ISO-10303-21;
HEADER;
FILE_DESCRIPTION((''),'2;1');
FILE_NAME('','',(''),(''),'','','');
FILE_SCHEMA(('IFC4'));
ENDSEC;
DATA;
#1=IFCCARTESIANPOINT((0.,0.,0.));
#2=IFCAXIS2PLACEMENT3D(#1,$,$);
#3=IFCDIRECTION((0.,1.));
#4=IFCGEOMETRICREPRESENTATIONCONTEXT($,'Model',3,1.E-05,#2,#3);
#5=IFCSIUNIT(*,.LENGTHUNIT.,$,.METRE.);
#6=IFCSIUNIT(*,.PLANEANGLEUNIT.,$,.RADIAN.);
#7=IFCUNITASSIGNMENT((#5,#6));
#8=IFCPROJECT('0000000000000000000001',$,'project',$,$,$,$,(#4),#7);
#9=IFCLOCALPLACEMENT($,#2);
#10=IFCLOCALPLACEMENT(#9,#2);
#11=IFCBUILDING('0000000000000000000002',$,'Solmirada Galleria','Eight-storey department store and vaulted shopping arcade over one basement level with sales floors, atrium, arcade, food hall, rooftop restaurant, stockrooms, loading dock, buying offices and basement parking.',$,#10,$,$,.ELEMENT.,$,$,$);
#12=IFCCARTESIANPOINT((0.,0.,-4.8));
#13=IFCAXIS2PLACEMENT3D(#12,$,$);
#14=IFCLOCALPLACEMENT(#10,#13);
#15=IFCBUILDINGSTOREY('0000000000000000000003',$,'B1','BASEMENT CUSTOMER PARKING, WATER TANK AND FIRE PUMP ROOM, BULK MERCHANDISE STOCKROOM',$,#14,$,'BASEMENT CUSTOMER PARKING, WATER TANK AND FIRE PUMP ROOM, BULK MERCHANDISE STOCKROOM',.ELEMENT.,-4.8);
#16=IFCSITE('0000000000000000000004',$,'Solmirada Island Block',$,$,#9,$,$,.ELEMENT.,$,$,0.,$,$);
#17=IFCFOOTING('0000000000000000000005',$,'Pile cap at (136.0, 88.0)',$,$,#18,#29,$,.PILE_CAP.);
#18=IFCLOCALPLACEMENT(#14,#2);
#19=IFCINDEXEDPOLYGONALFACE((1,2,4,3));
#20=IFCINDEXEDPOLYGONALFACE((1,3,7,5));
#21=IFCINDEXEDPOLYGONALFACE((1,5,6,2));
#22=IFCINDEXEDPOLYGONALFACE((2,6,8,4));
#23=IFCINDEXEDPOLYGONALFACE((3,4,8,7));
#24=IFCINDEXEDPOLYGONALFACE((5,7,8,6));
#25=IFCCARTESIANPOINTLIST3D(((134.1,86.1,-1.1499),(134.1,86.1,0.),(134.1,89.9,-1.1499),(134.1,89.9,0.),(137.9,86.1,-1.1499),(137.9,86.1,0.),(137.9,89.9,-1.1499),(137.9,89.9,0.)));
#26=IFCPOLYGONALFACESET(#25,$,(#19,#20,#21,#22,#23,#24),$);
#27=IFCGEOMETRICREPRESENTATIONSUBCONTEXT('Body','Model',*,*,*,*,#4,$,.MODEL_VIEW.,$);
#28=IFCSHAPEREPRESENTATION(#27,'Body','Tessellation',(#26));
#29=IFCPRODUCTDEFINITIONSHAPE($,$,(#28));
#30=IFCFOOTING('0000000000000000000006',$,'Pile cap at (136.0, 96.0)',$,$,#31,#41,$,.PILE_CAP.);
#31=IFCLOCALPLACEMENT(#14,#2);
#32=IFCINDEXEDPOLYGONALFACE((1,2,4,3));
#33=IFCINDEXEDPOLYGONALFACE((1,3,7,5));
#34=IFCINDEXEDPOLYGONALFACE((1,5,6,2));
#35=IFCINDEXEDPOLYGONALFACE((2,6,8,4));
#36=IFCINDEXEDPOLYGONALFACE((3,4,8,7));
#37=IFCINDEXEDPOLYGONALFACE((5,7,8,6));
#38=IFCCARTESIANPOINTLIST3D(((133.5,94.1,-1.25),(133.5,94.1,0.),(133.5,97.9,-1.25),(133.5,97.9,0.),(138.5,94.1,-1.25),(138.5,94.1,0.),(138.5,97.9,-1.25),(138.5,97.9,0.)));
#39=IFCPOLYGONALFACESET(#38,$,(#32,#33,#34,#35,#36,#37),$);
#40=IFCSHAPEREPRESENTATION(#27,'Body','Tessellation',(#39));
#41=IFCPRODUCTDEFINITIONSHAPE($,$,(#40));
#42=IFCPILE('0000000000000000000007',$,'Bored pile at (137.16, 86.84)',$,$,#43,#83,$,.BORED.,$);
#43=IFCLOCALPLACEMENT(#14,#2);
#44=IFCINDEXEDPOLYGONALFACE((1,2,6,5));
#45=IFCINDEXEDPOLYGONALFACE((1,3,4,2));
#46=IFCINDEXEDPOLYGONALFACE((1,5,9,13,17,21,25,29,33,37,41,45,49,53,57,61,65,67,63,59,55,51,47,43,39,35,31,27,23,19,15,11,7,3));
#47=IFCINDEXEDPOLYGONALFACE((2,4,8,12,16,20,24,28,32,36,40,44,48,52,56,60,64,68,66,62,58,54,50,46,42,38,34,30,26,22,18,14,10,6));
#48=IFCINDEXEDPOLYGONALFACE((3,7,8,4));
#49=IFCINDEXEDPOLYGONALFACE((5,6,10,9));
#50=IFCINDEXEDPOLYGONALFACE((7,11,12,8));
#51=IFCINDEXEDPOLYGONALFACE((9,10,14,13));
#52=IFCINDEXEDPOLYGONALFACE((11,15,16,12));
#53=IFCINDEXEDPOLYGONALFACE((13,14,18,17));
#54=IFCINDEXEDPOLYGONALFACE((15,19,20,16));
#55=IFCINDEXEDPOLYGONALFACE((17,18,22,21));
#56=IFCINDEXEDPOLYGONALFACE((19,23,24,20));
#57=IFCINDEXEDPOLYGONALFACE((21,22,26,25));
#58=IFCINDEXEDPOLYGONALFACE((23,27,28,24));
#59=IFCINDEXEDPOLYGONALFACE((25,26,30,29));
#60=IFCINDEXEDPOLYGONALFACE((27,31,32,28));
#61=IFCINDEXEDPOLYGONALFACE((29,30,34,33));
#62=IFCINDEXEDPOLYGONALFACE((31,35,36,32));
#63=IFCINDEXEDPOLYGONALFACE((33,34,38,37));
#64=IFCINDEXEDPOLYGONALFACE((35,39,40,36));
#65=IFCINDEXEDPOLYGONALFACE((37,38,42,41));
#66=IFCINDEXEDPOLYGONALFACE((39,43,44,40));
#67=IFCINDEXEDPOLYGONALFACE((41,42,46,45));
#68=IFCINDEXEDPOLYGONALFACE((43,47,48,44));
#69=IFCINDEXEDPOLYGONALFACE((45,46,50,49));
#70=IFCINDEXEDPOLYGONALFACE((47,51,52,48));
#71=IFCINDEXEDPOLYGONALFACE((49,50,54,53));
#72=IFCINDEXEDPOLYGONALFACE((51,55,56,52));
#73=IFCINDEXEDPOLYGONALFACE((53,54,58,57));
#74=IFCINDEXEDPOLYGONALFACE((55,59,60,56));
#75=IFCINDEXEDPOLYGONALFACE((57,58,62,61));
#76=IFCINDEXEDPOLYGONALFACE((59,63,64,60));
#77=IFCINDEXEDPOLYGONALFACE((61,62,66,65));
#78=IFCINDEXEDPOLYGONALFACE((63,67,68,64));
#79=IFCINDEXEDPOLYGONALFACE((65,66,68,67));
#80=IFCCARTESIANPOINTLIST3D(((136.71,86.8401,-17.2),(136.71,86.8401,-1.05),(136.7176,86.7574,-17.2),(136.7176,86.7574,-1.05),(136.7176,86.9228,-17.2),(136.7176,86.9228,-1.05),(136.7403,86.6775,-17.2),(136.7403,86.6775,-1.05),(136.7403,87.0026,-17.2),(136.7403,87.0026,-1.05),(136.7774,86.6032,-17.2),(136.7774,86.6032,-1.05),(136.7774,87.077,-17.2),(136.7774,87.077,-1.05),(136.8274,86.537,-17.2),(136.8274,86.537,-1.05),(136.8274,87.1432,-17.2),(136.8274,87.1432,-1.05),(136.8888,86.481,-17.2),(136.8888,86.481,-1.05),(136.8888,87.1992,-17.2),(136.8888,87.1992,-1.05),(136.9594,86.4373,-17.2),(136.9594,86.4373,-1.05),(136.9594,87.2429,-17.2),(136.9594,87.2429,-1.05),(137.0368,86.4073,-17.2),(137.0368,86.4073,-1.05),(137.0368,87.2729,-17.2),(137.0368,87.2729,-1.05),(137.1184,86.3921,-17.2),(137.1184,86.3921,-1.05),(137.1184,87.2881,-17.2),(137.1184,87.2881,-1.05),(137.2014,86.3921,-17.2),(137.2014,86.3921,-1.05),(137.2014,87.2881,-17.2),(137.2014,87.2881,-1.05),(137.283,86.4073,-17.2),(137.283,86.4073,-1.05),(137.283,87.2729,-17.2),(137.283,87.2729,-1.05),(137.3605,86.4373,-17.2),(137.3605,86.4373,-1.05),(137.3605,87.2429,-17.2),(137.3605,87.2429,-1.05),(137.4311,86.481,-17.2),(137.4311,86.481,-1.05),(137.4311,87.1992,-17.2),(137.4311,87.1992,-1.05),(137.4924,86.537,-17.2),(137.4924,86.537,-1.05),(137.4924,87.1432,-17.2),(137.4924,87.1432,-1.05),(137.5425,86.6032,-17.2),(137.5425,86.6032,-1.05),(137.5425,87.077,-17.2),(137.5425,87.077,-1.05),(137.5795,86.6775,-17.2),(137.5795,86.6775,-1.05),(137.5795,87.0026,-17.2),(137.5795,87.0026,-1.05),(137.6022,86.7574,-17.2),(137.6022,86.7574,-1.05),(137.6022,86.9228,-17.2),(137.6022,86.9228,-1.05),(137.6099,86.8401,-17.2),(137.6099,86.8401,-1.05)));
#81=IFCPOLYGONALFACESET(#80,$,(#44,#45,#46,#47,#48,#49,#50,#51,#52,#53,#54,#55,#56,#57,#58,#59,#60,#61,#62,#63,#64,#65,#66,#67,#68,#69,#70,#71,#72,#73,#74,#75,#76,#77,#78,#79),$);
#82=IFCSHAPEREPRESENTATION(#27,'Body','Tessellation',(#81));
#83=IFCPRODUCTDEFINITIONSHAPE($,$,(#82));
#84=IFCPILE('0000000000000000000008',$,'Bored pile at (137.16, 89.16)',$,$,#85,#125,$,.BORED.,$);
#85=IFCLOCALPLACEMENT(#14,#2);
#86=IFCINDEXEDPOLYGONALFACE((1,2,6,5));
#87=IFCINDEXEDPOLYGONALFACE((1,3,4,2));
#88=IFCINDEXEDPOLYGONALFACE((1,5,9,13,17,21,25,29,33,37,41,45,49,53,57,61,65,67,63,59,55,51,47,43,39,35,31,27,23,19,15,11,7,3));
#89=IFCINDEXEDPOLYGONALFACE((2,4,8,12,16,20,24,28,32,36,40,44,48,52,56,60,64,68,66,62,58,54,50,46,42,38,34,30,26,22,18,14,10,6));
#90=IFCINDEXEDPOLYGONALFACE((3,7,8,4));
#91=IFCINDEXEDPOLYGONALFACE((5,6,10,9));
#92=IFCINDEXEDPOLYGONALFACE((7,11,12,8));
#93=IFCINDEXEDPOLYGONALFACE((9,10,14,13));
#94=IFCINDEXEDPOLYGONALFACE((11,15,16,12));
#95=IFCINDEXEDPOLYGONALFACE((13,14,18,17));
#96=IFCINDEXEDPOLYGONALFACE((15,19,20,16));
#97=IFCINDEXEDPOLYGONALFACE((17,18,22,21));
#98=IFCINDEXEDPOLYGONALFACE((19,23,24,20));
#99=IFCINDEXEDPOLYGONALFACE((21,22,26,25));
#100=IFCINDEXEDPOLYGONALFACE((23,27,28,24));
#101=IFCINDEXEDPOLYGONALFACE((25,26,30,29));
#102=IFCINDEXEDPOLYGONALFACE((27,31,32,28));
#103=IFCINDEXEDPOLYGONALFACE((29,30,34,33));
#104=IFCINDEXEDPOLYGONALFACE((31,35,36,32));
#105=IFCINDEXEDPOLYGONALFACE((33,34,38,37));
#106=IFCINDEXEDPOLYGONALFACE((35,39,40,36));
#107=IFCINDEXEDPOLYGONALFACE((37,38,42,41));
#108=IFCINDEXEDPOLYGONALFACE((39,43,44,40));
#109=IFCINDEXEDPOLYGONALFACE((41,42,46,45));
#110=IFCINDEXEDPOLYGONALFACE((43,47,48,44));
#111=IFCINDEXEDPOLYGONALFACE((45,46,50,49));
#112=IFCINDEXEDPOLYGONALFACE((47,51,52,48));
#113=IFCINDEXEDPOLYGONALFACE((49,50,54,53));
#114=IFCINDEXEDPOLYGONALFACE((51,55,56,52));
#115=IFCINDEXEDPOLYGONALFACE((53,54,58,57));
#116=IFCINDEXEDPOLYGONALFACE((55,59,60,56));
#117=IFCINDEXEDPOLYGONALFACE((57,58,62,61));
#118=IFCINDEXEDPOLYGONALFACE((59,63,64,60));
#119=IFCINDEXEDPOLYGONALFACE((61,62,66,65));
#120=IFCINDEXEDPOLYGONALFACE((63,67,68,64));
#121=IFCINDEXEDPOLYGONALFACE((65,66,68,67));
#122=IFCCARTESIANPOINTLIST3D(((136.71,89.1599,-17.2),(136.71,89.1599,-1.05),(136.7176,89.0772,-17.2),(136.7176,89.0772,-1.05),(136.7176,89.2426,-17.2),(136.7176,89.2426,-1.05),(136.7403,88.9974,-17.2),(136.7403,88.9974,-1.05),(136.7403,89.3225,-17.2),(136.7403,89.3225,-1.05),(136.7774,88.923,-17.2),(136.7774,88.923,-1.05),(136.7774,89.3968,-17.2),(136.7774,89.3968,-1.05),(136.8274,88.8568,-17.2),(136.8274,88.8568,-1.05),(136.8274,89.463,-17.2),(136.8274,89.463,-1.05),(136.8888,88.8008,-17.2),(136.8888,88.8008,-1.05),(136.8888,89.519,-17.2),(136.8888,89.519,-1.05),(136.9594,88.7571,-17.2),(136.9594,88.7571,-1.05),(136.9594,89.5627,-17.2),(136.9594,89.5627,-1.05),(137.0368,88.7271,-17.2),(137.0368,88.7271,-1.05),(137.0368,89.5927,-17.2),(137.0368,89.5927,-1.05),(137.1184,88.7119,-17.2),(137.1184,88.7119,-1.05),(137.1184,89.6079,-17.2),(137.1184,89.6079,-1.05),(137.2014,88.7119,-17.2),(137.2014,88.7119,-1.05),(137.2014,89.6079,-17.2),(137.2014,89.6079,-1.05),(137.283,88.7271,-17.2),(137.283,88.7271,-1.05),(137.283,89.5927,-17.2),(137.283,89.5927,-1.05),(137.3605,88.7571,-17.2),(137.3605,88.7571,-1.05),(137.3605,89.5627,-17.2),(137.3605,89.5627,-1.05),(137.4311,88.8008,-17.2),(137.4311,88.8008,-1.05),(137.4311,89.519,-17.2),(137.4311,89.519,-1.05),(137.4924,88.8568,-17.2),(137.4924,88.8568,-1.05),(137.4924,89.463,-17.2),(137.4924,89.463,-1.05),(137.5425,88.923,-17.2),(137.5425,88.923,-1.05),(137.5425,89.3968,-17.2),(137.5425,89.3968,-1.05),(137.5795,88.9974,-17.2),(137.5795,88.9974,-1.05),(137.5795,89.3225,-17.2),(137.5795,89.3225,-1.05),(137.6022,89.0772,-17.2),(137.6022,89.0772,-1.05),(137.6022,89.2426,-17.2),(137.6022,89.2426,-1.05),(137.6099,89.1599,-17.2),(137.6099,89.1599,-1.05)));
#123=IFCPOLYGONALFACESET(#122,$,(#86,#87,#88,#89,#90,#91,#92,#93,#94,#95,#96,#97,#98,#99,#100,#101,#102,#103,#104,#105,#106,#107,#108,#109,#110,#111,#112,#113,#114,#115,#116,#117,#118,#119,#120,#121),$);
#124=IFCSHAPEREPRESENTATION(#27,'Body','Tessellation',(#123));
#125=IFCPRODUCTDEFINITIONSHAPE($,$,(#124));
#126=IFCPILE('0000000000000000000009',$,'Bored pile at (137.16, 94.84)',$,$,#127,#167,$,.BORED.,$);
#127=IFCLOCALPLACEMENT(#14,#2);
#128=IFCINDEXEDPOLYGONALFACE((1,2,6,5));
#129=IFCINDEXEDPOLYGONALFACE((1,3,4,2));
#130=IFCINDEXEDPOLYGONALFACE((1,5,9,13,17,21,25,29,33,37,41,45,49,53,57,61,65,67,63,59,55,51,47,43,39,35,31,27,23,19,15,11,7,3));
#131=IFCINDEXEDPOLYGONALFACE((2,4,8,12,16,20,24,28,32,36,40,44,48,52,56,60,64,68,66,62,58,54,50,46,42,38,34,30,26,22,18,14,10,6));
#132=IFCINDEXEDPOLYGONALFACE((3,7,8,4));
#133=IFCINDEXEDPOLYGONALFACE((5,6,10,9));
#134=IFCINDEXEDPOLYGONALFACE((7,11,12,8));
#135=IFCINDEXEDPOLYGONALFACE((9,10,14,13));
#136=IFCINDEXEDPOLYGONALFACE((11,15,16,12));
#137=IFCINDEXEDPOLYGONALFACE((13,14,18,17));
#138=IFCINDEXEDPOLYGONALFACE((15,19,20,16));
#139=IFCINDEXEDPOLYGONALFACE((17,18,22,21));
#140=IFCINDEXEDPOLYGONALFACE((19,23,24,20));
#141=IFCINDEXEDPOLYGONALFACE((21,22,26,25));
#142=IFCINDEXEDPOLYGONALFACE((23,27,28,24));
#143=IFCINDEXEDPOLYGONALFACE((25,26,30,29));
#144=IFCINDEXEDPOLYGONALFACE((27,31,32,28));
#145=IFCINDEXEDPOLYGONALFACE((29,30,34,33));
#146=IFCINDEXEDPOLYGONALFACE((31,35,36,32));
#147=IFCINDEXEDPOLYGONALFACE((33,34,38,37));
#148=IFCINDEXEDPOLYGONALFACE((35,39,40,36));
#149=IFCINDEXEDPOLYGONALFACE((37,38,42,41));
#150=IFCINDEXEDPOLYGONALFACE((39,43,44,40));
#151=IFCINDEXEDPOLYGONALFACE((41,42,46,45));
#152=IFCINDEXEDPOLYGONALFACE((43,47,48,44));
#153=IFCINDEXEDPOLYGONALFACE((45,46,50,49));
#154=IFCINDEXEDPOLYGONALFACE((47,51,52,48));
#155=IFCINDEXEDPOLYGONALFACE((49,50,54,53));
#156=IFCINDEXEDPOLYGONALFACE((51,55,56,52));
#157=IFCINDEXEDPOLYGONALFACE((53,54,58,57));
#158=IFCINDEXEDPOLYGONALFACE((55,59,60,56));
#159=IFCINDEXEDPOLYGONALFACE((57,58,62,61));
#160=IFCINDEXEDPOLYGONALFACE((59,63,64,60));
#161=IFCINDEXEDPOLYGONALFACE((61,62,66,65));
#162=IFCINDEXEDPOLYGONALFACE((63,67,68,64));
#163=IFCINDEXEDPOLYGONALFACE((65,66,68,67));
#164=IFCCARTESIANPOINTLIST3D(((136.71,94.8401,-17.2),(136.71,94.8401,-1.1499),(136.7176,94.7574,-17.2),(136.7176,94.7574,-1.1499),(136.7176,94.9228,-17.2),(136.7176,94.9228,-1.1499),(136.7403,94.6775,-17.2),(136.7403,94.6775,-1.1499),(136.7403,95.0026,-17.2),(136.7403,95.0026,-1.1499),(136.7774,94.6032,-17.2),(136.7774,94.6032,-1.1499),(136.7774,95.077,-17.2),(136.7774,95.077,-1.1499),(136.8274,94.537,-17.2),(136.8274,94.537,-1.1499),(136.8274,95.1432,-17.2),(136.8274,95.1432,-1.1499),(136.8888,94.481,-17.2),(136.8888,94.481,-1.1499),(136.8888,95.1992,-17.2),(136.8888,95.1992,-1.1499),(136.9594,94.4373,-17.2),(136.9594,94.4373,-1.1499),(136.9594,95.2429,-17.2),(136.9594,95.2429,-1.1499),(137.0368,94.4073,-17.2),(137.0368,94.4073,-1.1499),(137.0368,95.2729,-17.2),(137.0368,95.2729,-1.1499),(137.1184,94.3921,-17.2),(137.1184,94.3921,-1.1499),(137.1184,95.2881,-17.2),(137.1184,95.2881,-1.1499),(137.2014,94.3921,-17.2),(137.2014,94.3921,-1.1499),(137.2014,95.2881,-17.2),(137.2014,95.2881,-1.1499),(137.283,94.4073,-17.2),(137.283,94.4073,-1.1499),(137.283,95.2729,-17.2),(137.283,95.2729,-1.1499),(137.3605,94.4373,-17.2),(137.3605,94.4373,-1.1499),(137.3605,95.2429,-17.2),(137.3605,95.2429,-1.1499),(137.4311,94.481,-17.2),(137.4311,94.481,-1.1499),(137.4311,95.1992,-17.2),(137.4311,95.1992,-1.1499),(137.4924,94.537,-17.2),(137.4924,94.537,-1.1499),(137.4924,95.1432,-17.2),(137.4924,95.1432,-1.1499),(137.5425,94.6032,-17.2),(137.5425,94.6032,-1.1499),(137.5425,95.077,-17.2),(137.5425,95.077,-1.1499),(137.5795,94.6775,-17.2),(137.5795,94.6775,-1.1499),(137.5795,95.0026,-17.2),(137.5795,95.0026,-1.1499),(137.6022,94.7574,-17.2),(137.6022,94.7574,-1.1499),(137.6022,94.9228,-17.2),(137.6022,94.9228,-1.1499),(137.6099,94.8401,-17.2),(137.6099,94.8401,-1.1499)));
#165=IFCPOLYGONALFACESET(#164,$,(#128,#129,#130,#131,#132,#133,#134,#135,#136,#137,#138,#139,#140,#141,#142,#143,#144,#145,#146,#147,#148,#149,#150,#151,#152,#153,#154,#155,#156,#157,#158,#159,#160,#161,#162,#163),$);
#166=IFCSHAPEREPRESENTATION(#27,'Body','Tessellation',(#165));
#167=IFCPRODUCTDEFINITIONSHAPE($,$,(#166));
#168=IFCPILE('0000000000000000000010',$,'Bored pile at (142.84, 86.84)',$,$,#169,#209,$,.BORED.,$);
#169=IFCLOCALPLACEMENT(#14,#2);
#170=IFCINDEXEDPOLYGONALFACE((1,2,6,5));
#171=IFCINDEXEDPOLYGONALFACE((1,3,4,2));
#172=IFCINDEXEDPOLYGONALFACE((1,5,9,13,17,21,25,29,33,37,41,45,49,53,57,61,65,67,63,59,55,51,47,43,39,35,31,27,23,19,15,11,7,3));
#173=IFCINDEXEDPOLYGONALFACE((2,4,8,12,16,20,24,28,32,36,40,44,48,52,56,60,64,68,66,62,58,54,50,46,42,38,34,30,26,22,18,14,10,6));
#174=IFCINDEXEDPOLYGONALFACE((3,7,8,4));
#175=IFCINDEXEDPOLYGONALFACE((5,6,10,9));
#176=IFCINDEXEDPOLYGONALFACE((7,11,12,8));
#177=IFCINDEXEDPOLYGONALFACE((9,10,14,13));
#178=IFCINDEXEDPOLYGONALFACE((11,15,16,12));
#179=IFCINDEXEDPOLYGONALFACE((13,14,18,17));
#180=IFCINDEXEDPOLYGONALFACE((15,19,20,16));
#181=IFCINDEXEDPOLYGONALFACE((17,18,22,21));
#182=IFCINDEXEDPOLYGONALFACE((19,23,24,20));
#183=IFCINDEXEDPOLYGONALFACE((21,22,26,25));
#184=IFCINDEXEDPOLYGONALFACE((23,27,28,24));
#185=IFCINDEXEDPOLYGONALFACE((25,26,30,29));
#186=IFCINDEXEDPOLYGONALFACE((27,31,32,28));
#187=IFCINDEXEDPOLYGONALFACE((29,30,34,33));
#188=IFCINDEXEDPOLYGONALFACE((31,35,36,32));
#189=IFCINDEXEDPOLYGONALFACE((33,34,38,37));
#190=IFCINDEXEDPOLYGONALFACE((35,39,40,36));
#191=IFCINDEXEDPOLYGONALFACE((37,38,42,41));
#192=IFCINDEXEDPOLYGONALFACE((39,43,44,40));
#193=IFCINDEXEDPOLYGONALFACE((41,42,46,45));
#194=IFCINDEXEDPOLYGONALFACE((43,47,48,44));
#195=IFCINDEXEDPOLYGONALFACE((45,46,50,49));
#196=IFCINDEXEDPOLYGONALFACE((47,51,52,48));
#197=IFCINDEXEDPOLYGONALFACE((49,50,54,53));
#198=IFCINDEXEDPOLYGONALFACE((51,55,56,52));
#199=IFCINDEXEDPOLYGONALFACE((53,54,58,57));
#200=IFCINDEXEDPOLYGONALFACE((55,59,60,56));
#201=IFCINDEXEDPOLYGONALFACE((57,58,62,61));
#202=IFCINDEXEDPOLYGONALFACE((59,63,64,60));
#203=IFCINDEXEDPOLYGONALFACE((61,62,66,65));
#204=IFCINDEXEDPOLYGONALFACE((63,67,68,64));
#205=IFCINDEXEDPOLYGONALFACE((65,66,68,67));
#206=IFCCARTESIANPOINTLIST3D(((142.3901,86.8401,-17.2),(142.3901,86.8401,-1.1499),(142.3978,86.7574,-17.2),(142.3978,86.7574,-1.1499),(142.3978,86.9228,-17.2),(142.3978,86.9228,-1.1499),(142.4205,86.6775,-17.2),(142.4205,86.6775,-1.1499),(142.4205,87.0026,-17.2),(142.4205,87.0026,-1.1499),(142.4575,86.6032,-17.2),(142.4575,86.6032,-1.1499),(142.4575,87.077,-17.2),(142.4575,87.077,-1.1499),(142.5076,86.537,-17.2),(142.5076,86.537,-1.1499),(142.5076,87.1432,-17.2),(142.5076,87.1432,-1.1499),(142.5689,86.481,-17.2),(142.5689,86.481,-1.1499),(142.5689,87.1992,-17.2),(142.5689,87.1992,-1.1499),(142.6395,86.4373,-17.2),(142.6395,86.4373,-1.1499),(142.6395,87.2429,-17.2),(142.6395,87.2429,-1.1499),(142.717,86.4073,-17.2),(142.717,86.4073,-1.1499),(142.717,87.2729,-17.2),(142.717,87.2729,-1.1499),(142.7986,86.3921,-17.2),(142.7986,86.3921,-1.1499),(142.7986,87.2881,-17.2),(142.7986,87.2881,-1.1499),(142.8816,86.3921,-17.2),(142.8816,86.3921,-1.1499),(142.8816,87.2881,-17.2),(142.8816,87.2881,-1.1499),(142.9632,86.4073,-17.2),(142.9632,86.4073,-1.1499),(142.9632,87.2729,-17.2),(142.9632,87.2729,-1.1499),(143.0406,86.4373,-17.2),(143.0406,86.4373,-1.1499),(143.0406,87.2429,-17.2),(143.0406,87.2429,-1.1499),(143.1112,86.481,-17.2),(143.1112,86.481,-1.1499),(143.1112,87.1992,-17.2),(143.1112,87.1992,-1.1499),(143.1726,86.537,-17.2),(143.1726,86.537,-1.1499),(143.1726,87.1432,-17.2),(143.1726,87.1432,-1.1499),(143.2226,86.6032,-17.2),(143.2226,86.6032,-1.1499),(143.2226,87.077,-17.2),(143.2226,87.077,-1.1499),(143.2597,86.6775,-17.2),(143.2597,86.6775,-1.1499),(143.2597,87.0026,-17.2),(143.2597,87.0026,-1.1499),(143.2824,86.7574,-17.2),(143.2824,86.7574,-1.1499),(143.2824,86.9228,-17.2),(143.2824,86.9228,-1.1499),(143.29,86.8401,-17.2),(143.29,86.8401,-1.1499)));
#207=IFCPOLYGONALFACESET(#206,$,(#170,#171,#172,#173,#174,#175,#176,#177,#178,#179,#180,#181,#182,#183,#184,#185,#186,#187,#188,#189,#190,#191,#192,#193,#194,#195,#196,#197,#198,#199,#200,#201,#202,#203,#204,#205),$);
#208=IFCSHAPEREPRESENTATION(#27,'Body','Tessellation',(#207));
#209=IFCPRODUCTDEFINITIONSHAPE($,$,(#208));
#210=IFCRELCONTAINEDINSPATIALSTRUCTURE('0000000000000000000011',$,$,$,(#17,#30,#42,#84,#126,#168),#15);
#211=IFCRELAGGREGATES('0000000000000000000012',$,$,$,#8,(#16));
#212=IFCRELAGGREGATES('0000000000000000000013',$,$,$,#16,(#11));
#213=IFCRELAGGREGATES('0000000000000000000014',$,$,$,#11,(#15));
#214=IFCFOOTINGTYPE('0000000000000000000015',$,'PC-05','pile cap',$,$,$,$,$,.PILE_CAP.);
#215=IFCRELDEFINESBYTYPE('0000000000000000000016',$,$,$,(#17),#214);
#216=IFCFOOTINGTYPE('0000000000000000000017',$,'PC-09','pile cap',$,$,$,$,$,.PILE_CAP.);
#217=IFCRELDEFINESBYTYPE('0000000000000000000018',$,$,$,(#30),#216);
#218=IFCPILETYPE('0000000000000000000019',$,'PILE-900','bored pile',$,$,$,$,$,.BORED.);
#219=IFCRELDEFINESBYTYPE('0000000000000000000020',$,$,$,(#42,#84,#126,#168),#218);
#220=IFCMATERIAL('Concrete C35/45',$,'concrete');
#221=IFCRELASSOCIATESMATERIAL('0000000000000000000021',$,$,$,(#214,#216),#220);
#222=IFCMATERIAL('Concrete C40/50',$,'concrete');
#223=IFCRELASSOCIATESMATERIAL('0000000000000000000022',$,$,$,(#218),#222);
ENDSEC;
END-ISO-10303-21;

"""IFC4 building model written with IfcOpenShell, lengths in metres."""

from ifc_helpers import new_model, si_unit, direction, frame, origin, origin_2d, place, context, subcontext, project, spatial, rectangle, circle, extrude, material, material_profile, profile_set, type_object, element, save


model = new_model("IFC4")

# Units and contexts
model_context = context("Model", 3, precision=1e-05, world=origin(), true_north=direction((0.0, 1.0)))
body_context = subcontext(model_context, "Body", "Model", "MODEL_VIEW")
ifc_project = project(units=[si_unit("LENGTHUNIT", "METRE"), si_unit("PLANEANGLEUNIT", "RADIAN")], contexts=[model_context])

# Site, building, storey
site_placement = place(None, origin())
site = spatial("IfcSite", under=ifc_project, at=site_placement, Name="Solmirada Island Block", CompositionType="ELEMENT", RefElevation=0.0)
building_placement = place(site_placement, origin())
building = spatial("IfcBuilding", under=site, at=building_placement, Name="Solmirada Galleria", Description="Eight-storey department store and vaulted shopping arcade over one basement level with sales floors, atrium, arcade, food hall, rooftop restaurant, stockrooms, loading dock, buying offices and basement parking.", CompositionType="ELEMENT")
storey_placement = place(building_placement, frame((0.0, 0.0, -4.8)))
storey = spatial("IfcBuildingStorey", under=building, at=storey_placement, Name="B1", Description="BASEMENT CUSTOMER PARKING, WATER TANK AND FIRE PUMP ROOM, BULK MERCHANDISE STOCKROOM", LongName="BASEMENT CUSTOMER PARKING, WATER TANK AND FIRE PUMP ROOM, BULK MERCHANDISE STOCKROOM", CompositionType="ELEMENT", Elevation=-4.8)

# Footings
ifc_material_1 = material(Name="Concrete C35/45", Category="concrete")
footing_type_1 = type_object("IfcFootingType", Name="PC-05", Description="pile cap", PredefinedType="PILE_CAP", material=ifc_material_1)
footing_1_placement = place(storey_placement, frame((136.0, 88.0, -1.1499), z_axis=(0.0, 0.0, 1.0), x_axis=(1.0, 0.0, 0.0)))
element("IfcFooting", 1, at=footing_1_placement, inside=storey, type_object=footing_type_1, Name="Pile cap at (136.0, 88.0)", PredefinedType="PILE_CAP", context=body_context, shape_type="SweptSolid", body=[
    extrude(rectangle(XDim=3.8, YDim=3.8, at=origin_2d()), origin(), (0.0, 0.0, 1.0), 1.1499),
])
footing_type_2 = type_object("IfcFootingType", Name="PC-09", Description="pile cap", PredefinedType="PILE_CAP", material=ifc_material_1)
footing_2_placement = place(storey_placement, frame((136.0, 96.0, -1.25), z_axis=(0.0, 0.0, 1.0), x_axis=(1.0, 0.0, 0.0)))
element("IfcFooting", 2, at=footing_2_placement, inside=storey, type_object=footing_type_2, Name="Pile cap at (136.0, 96.0)", PredefinedType="PILE_CAP", context=body_context, shape_type="SweptSolid", body=[
    extrude(rectangle(XDim=5.0, YDim=3.8, at=origin_2d()), origin(), (0.0, 0.0, 1.0), 1.25),
])

# Piles
ifc_material_2 = material(Name="Concrete C40/50", Category="concrete")
ifc_material_profile_1 = material_profile(ifc_material_2, circle(Radius=0.45, at=origin_2d()), Name="PILE900")
ifc_profile_set_1 = profile_set([ifc_material_profile_1], Name="Concrete C40/50")
pile_type = type_object("IfcPileType", Name="PILE-900", Description="bored pile", PredefinedType="BORED", material=ifc_profile_set_1)
for number, where, z_axis, x_axis, name in (
    (3, (137.1599, 86.8401, -1.05), (0.0, 0.0, -1.0), (1.0, 0.0, 0.0), "Bored pile at (137.16, 86.84)"),
    (4, (137.1599, 89.1599, -1.05), (0.0, 0.0, -1.0), (1.0, 0.0, 0.0), "Bored pile at (137.16, 89.16)"),
):
    element("IfcPile", number, at=place(storey_placement, frame(where, z_axis=z_axis, x_axis=x_axis)), inside=storey, type_object=pile_type, Name=name, PredefinedType="BORED", context=body_context, shape_type="SweptSolid", body=[
        extrude(circle(Radius=0.45, at=origin_2d()), origin(), (0.0, 0.0, 1.0), 16.1499),
    ])
for number, where, z_axis, x_axis, name in (
    (5, (137.1599, 94.8401, -1.1499), (0.0, 0.0, -1.0), (1.0, 0.0, 0.0), "Bored pile at (137.16, 94.84)"),
    (6, (142.8401, 86.8401, -1.1499), (0.0, 0.0, -1.0), (1.0, 0.0, 0.0), "Bored pile at (142.84, 86.84)"),
):
    element("IfcPile", number, at=place(storey_placement, frame(where, z_axis=z_axis, x_axis=x_axis)), inside=storey, type_object=pile_type, Name=name, PredefinedType="BORED", context=body_context, shape_type="SweptSolid", body=[
        extrude(circle(Radius=0.45, at=origin_2d()), origin(), (0.0, 0.0, 1.0), 16.05),
    ])

save(model, "model.ifc")
